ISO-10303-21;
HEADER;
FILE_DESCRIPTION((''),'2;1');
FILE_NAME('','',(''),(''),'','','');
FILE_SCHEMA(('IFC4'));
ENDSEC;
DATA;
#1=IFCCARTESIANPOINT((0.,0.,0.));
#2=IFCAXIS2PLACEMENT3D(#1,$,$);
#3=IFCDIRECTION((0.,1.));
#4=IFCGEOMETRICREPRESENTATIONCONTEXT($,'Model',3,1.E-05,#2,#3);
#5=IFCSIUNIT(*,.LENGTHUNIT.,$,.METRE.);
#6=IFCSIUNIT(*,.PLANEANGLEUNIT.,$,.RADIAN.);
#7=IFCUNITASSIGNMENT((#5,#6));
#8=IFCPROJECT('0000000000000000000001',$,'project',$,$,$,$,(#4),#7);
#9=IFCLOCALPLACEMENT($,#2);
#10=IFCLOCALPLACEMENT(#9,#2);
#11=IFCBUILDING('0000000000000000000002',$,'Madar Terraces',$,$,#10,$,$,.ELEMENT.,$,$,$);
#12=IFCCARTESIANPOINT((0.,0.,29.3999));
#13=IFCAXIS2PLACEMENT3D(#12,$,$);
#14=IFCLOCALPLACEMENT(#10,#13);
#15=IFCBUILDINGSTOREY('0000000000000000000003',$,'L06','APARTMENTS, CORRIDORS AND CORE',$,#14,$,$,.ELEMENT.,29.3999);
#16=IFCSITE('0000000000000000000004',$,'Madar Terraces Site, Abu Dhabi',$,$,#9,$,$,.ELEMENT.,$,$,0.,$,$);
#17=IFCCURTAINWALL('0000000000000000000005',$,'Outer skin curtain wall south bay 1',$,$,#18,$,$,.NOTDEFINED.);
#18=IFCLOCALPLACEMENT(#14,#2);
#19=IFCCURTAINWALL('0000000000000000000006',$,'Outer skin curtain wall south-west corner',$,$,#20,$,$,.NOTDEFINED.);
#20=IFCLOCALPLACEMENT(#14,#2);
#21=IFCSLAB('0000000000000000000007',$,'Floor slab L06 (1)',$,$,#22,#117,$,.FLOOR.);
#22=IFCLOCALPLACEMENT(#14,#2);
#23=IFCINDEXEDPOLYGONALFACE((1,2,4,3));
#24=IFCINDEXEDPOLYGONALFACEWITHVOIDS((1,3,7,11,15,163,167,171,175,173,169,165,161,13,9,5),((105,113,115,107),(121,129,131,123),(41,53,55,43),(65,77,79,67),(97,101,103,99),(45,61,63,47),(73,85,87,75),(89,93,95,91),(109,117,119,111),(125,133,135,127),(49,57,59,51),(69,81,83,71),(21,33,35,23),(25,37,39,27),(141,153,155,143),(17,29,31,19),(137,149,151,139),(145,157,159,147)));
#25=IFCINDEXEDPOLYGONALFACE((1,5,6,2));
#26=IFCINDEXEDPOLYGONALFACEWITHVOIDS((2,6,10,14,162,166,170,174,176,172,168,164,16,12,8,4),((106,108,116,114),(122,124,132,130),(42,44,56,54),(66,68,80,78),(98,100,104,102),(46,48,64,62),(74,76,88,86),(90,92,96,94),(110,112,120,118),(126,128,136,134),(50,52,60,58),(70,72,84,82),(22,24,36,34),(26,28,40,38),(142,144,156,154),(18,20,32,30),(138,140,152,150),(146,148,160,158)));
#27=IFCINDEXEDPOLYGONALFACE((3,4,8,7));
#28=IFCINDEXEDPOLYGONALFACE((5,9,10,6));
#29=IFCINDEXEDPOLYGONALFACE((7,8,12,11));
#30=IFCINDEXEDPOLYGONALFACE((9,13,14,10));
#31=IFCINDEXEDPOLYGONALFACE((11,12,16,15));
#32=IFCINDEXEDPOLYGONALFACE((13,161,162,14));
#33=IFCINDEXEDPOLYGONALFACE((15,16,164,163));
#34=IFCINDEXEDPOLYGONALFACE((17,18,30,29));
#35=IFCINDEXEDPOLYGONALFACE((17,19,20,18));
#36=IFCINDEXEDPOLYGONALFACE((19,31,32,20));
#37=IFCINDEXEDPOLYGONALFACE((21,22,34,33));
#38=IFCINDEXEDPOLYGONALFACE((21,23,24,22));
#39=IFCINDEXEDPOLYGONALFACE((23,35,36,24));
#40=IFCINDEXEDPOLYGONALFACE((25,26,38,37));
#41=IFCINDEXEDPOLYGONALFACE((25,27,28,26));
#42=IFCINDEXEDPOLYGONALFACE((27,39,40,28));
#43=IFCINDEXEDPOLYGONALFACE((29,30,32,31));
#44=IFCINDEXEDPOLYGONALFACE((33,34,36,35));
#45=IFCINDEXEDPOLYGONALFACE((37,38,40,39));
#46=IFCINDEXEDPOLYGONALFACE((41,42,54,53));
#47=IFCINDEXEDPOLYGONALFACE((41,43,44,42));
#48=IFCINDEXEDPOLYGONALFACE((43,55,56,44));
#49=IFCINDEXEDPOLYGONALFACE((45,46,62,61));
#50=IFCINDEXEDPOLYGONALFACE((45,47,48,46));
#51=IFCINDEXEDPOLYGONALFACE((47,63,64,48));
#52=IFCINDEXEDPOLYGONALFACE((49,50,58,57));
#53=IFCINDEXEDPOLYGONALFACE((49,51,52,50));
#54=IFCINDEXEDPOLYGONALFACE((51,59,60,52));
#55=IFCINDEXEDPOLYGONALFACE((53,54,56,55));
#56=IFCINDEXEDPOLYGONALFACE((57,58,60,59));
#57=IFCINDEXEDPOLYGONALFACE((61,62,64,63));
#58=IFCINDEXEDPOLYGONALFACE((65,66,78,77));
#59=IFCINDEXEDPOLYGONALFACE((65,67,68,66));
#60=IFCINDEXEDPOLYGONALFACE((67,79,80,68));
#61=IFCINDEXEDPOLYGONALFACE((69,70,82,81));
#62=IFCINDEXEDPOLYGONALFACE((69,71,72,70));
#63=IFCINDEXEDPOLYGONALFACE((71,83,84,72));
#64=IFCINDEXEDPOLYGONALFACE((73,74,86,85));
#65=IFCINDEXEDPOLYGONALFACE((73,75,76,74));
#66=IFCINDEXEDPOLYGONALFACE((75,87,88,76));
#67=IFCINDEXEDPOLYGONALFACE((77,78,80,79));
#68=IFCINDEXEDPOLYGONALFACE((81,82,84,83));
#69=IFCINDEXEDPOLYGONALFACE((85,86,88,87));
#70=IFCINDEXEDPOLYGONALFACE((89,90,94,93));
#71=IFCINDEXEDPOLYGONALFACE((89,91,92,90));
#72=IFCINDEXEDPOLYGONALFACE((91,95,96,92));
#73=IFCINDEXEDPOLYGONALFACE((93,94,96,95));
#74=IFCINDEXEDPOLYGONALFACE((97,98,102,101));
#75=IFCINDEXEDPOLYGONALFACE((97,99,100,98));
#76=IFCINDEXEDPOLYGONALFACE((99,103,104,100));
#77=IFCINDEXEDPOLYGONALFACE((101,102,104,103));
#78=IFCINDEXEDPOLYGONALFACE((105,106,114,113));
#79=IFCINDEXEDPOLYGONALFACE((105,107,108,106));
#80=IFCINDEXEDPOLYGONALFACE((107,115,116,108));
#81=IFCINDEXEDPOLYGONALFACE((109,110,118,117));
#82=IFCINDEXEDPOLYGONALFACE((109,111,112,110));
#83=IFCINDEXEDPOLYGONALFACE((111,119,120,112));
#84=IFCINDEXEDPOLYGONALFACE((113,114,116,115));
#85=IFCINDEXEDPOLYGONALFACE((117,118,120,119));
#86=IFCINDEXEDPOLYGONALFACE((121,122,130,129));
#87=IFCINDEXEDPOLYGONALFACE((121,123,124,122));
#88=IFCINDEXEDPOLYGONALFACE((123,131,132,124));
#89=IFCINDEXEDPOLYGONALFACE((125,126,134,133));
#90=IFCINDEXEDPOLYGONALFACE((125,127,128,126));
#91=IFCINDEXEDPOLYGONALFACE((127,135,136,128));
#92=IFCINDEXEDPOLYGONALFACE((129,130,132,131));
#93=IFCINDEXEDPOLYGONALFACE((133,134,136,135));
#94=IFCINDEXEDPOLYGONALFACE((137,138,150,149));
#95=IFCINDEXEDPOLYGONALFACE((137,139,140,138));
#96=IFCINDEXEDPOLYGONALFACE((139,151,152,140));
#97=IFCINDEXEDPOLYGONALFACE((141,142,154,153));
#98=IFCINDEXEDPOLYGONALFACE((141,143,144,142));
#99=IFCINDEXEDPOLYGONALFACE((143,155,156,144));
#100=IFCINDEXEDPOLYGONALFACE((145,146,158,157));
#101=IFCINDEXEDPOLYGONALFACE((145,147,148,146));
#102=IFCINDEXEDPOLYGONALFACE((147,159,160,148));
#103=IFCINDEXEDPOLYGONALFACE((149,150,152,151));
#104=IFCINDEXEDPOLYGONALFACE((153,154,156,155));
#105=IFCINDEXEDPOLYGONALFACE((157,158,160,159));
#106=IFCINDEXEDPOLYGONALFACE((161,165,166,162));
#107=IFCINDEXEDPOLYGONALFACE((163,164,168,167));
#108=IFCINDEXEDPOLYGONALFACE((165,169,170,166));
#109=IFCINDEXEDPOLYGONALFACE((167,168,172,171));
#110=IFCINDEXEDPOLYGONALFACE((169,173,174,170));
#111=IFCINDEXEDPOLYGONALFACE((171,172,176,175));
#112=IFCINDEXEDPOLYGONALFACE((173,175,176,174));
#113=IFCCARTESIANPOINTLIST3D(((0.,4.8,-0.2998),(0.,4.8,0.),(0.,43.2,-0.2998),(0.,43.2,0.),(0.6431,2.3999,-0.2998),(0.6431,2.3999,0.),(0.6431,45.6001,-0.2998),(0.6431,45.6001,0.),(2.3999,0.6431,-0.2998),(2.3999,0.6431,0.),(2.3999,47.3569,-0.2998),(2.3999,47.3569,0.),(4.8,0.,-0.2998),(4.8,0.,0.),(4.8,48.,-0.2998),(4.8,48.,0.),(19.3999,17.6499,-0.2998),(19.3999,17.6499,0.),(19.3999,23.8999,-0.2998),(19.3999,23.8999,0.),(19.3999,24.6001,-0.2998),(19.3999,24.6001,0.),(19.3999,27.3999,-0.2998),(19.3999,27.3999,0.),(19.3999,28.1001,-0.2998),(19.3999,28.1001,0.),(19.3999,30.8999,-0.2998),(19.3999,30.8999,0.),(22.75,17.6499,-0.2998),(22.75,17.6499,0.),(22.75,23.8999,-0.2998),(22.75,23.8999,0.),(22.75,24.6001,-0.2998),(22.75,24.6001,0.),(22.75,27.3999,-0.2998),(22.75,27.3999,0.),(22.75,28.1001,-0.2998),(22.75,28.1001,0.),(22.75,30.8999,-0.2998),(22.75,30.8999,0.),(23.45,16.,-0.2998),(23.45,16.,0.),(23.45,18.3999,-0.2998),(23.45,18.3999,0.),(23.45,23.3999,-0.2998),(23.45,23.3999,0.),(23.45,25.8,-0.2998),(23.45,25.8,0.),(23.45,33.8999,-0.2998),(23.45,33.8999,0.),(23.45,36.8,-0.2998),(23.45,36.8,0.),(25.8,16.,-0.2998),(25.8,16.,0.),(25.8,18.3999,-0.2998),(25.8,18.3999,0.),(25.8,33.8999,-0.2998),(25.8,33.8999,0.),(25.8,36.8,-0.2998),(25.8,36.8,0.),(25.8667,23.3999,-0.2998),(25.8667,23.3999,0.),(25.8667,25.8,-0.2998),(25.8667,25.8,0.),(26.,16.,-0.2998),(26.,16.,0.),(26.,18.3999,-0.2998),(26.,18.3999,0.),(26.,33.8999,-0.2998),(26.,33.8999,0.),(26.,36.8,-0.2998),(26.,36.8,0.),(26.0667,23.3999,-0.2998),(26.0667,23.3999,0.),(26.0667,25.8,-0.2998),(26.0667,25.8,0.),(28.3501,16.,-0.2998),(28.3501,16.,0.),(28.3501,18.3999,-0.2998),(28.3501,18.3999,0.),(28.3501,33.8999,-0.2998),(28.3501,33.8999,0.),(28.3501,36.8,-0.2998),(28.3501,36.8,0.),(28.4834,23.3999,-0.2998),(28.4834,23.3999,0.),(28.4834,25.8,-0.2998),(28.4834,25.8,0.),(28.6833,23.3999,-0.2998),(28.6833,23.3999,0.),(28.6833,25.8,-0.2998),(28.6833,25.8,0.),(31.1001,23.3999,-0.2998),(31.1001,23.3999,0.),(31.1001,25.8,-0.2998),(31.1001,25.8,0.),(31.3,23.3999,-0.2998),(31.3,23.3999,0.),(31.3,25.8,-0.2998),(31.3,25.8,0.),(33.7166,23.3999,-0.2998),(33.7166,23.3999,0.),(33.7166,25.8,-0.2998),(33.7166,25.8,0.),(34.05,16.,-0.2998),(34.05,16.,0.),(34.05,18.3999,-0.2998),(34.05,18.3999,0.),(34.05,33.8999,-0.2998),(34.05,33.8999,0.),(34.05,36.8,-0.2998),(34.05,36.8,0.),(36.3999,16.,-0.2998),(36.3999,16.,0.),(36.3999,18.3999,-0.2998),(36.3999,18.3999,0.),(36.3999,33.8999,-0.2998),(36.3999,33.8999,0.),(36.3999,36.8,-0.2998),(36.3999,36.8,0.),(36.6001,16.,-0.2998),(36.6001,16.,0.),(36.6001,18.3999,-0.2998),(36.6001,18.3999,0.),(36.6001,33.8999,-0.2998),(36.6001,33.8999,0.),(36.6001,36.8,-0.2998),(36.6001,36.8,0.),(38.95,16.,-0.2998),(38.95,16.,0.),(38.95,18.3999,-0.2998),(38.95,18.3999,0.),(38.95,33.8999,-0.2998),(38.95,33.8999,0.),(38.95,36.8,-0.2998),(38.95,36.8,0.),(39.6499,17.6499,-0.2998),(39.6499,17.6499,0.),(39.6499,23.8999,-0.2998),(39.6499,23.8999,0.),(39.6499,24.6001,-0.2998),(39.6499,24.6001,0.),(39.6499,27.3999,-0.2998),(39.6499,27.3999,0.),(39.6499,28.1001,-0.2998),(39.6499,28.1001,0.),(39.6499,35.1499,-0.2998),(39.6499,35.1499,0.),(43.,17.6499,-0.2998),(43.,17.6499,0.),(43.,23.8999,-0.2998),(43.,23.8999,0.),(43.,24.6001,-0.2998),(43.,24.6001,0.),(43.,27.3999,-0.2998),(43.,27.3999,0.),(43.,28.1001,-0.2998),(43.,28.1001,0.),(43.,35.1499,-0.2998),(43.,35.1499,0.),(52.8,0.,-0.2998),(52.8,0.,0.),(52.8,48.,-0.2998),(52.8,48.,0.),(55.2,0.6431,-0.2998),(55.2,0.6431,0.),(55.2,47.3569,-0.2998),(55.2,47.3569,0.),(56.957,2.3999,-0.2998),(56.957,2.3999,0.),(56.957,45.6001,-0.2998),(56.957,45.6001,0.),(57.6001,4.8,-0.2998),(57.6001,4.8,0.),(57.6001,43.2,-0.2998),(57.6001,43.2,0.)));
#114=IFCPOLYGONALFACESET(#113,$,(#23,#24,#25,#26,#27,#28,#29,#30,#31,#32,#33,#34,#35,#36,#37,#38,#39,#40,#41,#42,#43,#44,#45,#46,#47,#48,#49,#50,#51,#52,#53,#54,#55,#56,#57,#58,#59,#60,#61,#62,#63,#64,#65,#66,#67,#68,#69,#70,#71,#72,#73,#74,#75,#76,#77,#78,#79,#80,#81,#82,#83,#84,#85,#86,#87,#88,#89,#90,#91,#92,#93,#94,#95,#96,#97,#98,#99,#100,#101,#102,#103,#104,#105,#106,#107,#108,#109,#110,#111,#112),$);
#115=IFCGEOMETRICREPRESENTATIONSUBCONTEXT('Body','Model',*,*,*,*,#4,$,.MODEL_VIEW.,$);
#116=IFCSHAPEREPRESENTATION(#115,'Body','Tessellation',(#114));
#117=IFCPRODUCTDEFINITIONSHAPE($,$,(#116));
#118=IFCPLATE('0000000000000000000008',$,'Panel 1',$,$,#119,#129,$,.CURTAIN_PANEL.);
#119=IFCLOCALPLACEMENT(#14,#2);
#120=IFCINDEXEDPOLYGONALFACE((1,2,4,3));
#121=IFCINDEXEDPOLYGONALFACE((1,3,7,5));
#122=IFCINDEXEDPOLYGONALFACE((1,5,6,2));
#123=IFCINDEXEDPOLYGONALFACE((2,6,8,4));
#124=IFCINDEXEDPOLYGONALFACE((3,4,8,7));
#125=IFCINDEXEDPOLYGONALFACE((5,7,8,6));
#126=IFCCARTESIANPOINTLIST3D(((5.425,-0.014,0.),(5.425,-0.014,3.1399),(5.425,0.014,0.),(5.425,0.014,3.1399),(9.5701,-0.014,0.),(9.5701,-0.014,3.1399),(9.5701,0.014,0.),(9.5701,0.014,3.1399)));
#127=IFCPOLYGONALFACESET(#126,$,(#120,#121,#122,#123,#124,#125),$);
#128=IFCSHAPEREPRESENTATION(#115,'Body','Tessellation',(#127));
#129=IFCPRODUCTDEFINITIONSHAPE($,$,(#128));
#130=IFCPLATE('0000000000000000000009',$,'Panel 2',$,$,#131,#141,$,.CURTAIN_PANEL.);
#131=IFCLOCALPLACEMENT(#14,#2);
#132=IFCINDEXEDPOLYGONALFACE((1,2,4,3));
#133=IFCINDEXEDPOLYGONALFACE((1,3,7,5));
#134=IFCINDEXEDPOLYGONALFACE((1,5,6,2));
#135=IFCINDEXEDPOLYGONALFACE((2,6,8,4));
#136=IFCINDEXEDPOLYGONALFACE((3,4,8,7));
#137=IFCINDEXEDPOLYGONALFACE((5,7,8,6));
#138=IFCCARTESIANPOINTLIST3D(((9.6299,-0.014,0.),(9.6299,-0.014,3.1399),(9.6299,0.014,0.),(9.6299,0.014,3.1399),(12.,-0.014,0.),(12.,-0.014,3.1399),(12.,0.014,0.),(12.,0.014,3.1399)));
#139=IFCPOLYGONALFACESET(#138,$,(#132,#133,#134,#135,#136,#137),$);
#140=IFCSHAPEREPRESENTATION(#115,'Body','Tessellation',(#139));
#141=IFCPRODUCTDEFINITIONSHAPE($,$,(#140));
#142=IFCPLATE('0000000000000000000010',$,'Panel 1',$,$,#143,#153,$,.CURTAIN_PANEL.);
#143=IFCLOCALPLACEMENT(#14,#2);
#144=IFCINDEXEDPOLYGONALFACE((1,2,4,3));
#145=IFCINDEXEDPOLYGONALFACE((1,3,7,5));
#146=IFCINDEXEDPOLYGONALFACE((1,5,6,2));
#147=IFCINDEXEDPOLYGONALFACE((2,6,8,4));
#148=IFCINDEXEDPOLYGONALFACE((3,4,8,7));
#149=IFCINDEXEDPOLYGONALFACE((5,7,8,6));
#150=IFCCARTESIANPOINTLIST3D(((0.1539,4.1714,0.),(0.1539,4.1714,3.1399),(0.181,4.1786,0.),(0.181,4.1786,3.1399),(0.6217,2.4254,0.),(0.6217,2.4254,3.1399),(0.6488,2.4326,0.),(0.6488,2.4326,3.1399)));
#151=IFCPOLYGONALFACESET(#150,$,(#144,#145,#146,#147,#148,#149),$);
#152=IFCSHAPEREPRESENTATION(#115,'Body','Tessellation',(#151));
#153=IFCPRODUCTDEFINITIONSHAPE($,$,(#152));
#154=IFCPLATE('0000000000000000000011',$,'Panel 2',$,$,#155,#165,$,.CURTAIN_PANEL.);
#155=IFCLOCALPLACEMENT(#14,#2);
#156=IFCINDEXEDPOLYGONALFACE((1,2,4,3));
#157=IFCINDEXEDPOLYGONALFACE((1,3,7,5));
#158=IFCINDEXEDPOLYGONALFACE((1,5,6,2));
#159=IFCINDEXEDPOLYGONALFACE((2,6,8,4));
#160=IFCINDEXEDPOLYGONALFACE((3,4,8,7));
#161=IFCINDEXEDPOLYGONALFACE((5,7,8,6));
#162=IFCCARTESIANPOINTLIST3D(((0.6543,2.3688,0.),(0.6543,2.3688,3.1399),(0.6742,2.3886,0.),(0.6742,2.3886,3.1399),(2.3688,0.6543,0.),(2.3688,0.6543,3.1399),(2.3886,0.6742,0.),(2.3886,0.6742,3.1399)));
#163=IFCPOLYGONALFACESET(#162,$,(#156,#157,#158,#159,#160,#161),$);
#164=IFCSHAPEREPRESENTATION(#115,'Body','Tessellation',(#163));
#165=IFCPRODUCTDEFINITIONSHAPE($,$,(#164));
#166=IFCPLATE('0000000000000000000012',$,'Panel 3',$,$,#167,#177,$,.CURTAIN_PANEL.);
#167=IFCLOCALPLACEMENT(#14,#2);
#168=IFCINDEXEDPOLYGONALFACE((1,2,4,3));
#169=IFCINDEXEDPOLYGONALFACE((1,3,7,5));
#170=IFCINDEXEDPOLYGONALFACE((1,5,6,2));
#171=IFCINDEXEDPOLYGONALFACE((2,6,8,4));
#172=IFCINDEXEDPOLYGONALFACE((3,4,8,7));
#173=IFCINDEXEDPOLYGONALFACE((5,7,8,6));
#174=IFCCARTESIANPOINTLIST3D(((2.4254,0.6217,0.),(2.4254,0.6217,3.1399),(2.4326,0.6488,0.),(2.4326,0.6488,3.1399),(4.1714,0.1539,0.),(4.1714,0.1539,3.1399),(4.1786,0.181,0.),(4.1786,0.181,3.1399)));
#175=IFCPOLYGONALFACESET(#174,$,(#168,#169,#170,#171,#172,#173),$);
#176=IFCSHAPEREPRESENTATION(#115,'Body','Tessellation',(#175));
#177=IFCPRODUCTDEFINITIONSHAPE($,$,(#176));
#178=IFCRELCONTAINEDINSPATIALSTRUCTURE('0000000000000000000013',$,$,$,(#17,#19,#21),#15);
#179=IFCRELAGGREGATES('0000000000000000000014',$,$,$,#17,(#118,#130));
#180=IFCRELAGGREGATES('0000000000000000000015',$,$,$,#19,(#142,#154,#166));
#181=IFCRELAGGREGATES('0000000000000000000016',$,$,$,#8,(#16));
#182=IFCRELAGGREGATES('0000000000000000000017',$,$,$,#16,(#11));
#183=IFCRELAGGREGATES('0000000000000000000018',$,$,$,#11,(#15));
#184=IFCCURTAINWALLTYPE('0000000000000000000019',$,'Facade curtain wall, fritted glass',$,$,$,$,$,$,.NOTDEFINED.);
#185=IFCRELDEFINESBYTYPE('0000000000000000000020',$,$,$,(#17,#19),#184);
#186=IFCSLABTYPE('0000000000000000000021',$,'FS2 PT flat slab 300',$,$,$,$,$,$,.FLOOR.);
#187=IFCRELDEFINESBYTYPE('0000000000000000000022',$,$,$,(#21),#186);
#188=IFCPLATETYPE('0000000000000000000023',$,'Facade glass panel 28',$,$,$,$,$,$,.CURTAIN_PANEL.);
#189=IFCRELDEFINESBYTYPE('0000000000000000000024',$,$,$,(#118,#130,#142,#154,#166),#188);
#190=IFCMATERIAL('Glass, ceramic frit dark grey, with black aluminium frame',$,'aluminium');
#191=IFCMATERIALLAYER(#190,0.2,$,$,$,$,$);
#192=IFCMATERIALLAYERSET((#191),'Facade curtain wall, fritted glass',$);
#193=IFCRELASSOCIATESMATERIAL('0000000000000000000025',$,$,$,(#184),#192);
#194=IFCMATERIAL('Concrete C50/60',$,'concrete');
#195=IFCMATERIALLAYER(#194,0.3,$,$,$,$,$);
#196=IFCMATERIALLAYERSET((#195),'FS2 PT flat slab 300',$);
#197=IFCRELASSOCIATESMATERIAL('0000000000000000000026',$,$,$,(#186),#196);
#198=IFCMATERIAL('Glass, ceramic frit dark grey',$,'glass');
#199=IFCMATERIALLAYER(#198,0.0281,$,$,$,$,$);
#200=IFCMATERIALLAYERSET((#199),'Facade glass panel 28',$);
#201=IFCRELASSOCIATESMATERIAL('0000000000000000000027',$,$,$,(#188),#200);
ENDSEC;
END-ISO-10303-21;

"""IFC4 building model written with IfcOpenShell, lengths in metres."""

from ifc_helpers import new_model, si_unit, direction, frame, origin, origin_2d, place, context, subcontext, project, spatial, polyline, rectangle, outline, extrude, material, layer, layer_set, type_object, element, aggregate, save


model = new_model("IFC4")

# Units and contexts
model_context = context("Model", 3, precision=1e-05, world=origin(), true_north=direction((0.0, 1.0)))
body_context = subcontext(model_context, "Body", "Model", "MODEL_VIEW")
ifc_project = project(units=[si_unit("LENGTHUNIT", "METRE"), si_unit("PLANEANGLEUNIT", "RADIAN")], contexts=[model_context])

# Site, building, storey
site_placement = place(None, origin())
site = spatial("IfcSite", under=ifc_project, at=site_placement, Name="Madar Terraces Site, Abu Dhabi", CompositionType="ELEMENT", RefElevation=0.0)
building_placement = place(site_placement, origin())
building = spatial("IfcBuilding", under=site, at=building_placement, Name="Madar Terraces", CompositionType="ELEMENT")
storey_placement = place(building_placement, frame((0.0, 0.0, 29.3999)))
storey = spatial("IfcBuildingStorey", under=building, at=storey_placement, Name="L06", Description="APARTMENTS, CORRIDORS AND CORE", CompositionType="ELEMENT", Elevation=29.3999)

# Curtain wall
ifc_material_1 = material(Name="Glass, ceramic frit dark grey, with black aluminium frame", Category="aluminium")
ifc_layer_1 = layer(ifc_material_1, 0.2)
ifc_layer_set_1 = layer_set([ifc_layer_1], Name="Facade curtain wall, fritted glass")
curtain_wall_type = type_object("IfcCurtainWallType", Name="Facade curtain wall, fritted glass", PredefinedType="NOTDEFINED", material=ifc_layer_set_1)
curtain_wall_1_placement = place(storey_placement, origin())
curtain_wall_1 = element("IfcCurtainWall", 1, at=curtain_wall_1_placement, inside=storey, type_object=curtain_wall_type, Name="Outer skin curtain wall south bay 1", PredefinedType="NOTDEFINED")

# Curtain wall
curtain_wall_2_placement = place(storey_placement, origin())
curtain_wall_2 = element("IfcCurtainWall", 2, at=curtain_wall_2_placement, inside=storey, type_object=curtain_wall_type, Name="Outer skin curtain wall south-west corner", PredefinedType="NOTDEFINED")

# Slab
ifc_material_2 = material(Name="Concrete C50/60", Category="concrete")
ifc_layer_2 = layer(ifc_material_2, 0.3)
ifc_layer_set_2 = layer_set([ifc_layer_2], Name="FS2 PT flat slab 300")
slab_type_1 = type_object("IfcSlabType", Name="FS2 PT flat slab 300", PredefinedType="FLOOR", material=ifc_layer_set_2)
slab_1_placement = place(storey_placement, frame((0.0, 0.0, -0.2998)))
element("IfcSlab", 3, at=slab_1_placement, inside=storey, type_object=slab_type_1, Name="Floor slab L06 (1)", PredefinedType="FLOOR", context=body_context, shape_type="SweptSolid", body=[
    extrude(outline(polyline([(52.8, 0.0), (55.2, 0.6431), (56.957, 2.3999), (57.6001, 4.8), (57.6001, 43.2), (56.957, 45.6001), (55.2, 47.3569), (52.8, 48.0), (4.8, 48.0), (2.3999, 47.3569), (0.6431, 45.6001), (0.0, 43.2), (0.0, 4.8), (0.6431, 2.3999), (2.3999, 0.6431), (4.8, 0.0), (52.8, 0.0)]), holes=[polyline([(23.45, 16.0), (23.45, 18.3999), (25.8, 18.3999), (25.8, 16.0), (23.45, 16.0)]), polyline([(26.0, 16.0), (26.0, 18.3999), (28.3501, 18.3999), (28.3501, 16.0), (26.0, 16.0)]), polyline([(19.3999, 17.6499), (19.3999, 23.8999), (22.75, 23.8999), (22.75, 17.6499), (19.3999, 17.6499)]), polyline([(23.45, 23.3999), (23.45, 25.8), (25.8667, 25.8), (25.8667, 23.3999), (23.45, 23.3999)]), polyline([(26.0667, 23.3999), (26.0667, 25.8), (28.4834, 25.8), (28.4834, 23.3999), (26.0667, 23.3999)]), polyline([(19.3999, 24.6001), (19.3999, 27.3999), (22.75, 27.3999), (22.75, 24.6001), (19.3999, 24.6001)]), polyline([(19.3999, 28.1001), (19.3999, 30.8999), (22.75, 30.8999), (22.75, 28.1001), (19.3999, 28.1001)]), polyline([(23.45, 36.8), (25.8, 36.8), (25.8, 33.8999), (23.45, 33.8999), (23.45, 36.8)]), polyline([(26.0, 36.8), (28.3501, 36.8), (28.3501, 33.8999), (26.0, 33.8999), (26.0, 36.8)]), polyline([(34.05, 16.0), (34.05, 18.3999), (36.3999, 18.3999), (36.3999, 16.0), (34.05, 16.0)]), polyline([(36.6001, 16.0), (36.6001, 18.3999), (38.95, 18.3999), (38.95, 16.0), (36.6001, 16.0)]), polyline([(39.6499, 17.6499), (39.6499, 23.8999), (43.0, 23.8999), (43.0, 17.6499), (39.6499, 17.6499)]), polyline([(28.6833, 23.3999), (28.6833, 25.8), (31.1001, 25.8), (31.1001, 23.3999), (28.6833, 23.3999)]), polyline([(31.3, 23.3999), (31.3, 25.8), (33.7166, 25.8), (33.7166, 23.3999), (31.3, 23.3999)]), polyline([(39.6499, 24.6001), (39.6499, 27.3999), (43.0, 27.3999), (43.0, 24.6001), (39.6499, 24.6001)]), polyline([(39.6499, 28.1001), (39.6499, 35.1499), (43.0, 35.1499), (43.0, 28.1001), (39.6499, 28.1001)]), polyline([(34.05, 36.8), (36.3999, 36.8), (36.3999, 33.8999), (34.05, 33.8999), (34.05, 36.8)]), polyline([(36.6001, 36.8), (38.95, 36.8), (38.95, 33.8999), (36.6001, 33.8999), (36.6001, 36.8)])]), origin(), (0.0, 0.0, 1.0), 0.2998),
])

# Plates
ifc_material_3 = material(Name="Glass, ceramic frit dark grey", Category="glass")
ifc_layer_3 = layer(ifc_material_3, 0.0281)
ifc_layer_set_3 = layer_set([ifc_layer_3], Name="Facade glass panel 28")
plate_type = type_object("IfcPlateType", Name="Facade glass panel 28", PredefinedType="CURTAIN_PANEL", material=ifc_layer_set_3)
plate_1_placement = place(storey_placement, frame((7.4976, 0.0, 0.0), z_axis=(0.0, 0.0, 1.0), x_axis=(1.0, 0.0, 0.0)))
plate_1 = element("IfcPlate", 4, at=plate_1_placement, type_object=plate_type, Name="Panel 1", PredefinedType="CURTAIN_PANEL", context=body_context, shape_type="SweptSolid", body=[
    extrude(rectangle(XDim=4.145, YDim=0.0281, at=origin_2d()), origin(), (0.0, 0.0, 1.0), 3.1399),
])
plate_2_placement = place(storey_placement, frame((10.8149, 0.0, 0.0), z_axis=(0.0, 0.0, 1.0), x_axis=(1.0, 0.0, 0.0)))
plate_2 = element("IfcPlate", 5, at=plate_2_placement, type_object=plate_type, Name="Panel 2", PredefinedType="CURTAIN_PANEL", context=body_context, shape_type="SweptSolid", body=[
    extrude(rectangle(XDim=2.3701, YDim=0.0281, at=origin_2d()), origin(), (0.0, 0.0, 1.0), 3.1399),
])
aggregate(curtain_wall_1, [plate_1, plate_2])
plate_3_placement = place(storey_placement, frame((0.4014, 3.302, 0.0), z_axis=(0.0, 0.0, 1.0), x_axis=(0.258819, -0.965926, 0.0)))
plate_3 = element("IfcPlate", 6, at=plate_3_placement, type_object=plate_type, Name="Panel 1", PredefinedType="CURTAIN_PANEL", context=body_context, shape_type="SweptSolid", body=[
    extrude(rectangle(XDim=1.8076, YDim=0.0281, at=origin_2d()), origin(), (0.0, 0.0, 1.0), 3.1399),
])
plate_4_placement = place(storey_placement, frame((1.5215, 1.5215, 0.0), z_axis=(0.0, 0.0, 1.0), x_axis=(0.707107, -0.707107, 0.0)))
plate_4 = element("IfcPlate", 7, at=plate_4_placement, type_object=plate_type, Name="Panel 2", PredefinedType="CURTAIN_PANEL", context=body_context, shape_type="SweptSolid", body=[
    extrude(rectangle(XDim=2.4246, YDim=0.0281, at=origin_2d()), origin(), (0.0, 0.0, 1.0), 3.1399),
])
plate_5_placement = place(storey_placement, frame((3.302, 0.4014, 0.0), z_axis=(0.0, 0.0, 1.0), x_axis=(0.965926, -0.258819, 0.0)))
plate_5 = element("IfcPlate", 8, at=plate_5_placement, type_object=plate_type, Name="Panel 3", PredefinedType="CURTAIN_PANEL", context=body_context, shape_type="SweptSolid", body=[
    extrude(rectangle(XDim=1.8076, YDim=0.0281, at=origin_2d()), origin(), (0.0, 0.0, 1.0), 3.1399),
])
aggregate(curtain_wall_2, [plate_3, plate_4, plate_5])

save(model, "model.ifc")
